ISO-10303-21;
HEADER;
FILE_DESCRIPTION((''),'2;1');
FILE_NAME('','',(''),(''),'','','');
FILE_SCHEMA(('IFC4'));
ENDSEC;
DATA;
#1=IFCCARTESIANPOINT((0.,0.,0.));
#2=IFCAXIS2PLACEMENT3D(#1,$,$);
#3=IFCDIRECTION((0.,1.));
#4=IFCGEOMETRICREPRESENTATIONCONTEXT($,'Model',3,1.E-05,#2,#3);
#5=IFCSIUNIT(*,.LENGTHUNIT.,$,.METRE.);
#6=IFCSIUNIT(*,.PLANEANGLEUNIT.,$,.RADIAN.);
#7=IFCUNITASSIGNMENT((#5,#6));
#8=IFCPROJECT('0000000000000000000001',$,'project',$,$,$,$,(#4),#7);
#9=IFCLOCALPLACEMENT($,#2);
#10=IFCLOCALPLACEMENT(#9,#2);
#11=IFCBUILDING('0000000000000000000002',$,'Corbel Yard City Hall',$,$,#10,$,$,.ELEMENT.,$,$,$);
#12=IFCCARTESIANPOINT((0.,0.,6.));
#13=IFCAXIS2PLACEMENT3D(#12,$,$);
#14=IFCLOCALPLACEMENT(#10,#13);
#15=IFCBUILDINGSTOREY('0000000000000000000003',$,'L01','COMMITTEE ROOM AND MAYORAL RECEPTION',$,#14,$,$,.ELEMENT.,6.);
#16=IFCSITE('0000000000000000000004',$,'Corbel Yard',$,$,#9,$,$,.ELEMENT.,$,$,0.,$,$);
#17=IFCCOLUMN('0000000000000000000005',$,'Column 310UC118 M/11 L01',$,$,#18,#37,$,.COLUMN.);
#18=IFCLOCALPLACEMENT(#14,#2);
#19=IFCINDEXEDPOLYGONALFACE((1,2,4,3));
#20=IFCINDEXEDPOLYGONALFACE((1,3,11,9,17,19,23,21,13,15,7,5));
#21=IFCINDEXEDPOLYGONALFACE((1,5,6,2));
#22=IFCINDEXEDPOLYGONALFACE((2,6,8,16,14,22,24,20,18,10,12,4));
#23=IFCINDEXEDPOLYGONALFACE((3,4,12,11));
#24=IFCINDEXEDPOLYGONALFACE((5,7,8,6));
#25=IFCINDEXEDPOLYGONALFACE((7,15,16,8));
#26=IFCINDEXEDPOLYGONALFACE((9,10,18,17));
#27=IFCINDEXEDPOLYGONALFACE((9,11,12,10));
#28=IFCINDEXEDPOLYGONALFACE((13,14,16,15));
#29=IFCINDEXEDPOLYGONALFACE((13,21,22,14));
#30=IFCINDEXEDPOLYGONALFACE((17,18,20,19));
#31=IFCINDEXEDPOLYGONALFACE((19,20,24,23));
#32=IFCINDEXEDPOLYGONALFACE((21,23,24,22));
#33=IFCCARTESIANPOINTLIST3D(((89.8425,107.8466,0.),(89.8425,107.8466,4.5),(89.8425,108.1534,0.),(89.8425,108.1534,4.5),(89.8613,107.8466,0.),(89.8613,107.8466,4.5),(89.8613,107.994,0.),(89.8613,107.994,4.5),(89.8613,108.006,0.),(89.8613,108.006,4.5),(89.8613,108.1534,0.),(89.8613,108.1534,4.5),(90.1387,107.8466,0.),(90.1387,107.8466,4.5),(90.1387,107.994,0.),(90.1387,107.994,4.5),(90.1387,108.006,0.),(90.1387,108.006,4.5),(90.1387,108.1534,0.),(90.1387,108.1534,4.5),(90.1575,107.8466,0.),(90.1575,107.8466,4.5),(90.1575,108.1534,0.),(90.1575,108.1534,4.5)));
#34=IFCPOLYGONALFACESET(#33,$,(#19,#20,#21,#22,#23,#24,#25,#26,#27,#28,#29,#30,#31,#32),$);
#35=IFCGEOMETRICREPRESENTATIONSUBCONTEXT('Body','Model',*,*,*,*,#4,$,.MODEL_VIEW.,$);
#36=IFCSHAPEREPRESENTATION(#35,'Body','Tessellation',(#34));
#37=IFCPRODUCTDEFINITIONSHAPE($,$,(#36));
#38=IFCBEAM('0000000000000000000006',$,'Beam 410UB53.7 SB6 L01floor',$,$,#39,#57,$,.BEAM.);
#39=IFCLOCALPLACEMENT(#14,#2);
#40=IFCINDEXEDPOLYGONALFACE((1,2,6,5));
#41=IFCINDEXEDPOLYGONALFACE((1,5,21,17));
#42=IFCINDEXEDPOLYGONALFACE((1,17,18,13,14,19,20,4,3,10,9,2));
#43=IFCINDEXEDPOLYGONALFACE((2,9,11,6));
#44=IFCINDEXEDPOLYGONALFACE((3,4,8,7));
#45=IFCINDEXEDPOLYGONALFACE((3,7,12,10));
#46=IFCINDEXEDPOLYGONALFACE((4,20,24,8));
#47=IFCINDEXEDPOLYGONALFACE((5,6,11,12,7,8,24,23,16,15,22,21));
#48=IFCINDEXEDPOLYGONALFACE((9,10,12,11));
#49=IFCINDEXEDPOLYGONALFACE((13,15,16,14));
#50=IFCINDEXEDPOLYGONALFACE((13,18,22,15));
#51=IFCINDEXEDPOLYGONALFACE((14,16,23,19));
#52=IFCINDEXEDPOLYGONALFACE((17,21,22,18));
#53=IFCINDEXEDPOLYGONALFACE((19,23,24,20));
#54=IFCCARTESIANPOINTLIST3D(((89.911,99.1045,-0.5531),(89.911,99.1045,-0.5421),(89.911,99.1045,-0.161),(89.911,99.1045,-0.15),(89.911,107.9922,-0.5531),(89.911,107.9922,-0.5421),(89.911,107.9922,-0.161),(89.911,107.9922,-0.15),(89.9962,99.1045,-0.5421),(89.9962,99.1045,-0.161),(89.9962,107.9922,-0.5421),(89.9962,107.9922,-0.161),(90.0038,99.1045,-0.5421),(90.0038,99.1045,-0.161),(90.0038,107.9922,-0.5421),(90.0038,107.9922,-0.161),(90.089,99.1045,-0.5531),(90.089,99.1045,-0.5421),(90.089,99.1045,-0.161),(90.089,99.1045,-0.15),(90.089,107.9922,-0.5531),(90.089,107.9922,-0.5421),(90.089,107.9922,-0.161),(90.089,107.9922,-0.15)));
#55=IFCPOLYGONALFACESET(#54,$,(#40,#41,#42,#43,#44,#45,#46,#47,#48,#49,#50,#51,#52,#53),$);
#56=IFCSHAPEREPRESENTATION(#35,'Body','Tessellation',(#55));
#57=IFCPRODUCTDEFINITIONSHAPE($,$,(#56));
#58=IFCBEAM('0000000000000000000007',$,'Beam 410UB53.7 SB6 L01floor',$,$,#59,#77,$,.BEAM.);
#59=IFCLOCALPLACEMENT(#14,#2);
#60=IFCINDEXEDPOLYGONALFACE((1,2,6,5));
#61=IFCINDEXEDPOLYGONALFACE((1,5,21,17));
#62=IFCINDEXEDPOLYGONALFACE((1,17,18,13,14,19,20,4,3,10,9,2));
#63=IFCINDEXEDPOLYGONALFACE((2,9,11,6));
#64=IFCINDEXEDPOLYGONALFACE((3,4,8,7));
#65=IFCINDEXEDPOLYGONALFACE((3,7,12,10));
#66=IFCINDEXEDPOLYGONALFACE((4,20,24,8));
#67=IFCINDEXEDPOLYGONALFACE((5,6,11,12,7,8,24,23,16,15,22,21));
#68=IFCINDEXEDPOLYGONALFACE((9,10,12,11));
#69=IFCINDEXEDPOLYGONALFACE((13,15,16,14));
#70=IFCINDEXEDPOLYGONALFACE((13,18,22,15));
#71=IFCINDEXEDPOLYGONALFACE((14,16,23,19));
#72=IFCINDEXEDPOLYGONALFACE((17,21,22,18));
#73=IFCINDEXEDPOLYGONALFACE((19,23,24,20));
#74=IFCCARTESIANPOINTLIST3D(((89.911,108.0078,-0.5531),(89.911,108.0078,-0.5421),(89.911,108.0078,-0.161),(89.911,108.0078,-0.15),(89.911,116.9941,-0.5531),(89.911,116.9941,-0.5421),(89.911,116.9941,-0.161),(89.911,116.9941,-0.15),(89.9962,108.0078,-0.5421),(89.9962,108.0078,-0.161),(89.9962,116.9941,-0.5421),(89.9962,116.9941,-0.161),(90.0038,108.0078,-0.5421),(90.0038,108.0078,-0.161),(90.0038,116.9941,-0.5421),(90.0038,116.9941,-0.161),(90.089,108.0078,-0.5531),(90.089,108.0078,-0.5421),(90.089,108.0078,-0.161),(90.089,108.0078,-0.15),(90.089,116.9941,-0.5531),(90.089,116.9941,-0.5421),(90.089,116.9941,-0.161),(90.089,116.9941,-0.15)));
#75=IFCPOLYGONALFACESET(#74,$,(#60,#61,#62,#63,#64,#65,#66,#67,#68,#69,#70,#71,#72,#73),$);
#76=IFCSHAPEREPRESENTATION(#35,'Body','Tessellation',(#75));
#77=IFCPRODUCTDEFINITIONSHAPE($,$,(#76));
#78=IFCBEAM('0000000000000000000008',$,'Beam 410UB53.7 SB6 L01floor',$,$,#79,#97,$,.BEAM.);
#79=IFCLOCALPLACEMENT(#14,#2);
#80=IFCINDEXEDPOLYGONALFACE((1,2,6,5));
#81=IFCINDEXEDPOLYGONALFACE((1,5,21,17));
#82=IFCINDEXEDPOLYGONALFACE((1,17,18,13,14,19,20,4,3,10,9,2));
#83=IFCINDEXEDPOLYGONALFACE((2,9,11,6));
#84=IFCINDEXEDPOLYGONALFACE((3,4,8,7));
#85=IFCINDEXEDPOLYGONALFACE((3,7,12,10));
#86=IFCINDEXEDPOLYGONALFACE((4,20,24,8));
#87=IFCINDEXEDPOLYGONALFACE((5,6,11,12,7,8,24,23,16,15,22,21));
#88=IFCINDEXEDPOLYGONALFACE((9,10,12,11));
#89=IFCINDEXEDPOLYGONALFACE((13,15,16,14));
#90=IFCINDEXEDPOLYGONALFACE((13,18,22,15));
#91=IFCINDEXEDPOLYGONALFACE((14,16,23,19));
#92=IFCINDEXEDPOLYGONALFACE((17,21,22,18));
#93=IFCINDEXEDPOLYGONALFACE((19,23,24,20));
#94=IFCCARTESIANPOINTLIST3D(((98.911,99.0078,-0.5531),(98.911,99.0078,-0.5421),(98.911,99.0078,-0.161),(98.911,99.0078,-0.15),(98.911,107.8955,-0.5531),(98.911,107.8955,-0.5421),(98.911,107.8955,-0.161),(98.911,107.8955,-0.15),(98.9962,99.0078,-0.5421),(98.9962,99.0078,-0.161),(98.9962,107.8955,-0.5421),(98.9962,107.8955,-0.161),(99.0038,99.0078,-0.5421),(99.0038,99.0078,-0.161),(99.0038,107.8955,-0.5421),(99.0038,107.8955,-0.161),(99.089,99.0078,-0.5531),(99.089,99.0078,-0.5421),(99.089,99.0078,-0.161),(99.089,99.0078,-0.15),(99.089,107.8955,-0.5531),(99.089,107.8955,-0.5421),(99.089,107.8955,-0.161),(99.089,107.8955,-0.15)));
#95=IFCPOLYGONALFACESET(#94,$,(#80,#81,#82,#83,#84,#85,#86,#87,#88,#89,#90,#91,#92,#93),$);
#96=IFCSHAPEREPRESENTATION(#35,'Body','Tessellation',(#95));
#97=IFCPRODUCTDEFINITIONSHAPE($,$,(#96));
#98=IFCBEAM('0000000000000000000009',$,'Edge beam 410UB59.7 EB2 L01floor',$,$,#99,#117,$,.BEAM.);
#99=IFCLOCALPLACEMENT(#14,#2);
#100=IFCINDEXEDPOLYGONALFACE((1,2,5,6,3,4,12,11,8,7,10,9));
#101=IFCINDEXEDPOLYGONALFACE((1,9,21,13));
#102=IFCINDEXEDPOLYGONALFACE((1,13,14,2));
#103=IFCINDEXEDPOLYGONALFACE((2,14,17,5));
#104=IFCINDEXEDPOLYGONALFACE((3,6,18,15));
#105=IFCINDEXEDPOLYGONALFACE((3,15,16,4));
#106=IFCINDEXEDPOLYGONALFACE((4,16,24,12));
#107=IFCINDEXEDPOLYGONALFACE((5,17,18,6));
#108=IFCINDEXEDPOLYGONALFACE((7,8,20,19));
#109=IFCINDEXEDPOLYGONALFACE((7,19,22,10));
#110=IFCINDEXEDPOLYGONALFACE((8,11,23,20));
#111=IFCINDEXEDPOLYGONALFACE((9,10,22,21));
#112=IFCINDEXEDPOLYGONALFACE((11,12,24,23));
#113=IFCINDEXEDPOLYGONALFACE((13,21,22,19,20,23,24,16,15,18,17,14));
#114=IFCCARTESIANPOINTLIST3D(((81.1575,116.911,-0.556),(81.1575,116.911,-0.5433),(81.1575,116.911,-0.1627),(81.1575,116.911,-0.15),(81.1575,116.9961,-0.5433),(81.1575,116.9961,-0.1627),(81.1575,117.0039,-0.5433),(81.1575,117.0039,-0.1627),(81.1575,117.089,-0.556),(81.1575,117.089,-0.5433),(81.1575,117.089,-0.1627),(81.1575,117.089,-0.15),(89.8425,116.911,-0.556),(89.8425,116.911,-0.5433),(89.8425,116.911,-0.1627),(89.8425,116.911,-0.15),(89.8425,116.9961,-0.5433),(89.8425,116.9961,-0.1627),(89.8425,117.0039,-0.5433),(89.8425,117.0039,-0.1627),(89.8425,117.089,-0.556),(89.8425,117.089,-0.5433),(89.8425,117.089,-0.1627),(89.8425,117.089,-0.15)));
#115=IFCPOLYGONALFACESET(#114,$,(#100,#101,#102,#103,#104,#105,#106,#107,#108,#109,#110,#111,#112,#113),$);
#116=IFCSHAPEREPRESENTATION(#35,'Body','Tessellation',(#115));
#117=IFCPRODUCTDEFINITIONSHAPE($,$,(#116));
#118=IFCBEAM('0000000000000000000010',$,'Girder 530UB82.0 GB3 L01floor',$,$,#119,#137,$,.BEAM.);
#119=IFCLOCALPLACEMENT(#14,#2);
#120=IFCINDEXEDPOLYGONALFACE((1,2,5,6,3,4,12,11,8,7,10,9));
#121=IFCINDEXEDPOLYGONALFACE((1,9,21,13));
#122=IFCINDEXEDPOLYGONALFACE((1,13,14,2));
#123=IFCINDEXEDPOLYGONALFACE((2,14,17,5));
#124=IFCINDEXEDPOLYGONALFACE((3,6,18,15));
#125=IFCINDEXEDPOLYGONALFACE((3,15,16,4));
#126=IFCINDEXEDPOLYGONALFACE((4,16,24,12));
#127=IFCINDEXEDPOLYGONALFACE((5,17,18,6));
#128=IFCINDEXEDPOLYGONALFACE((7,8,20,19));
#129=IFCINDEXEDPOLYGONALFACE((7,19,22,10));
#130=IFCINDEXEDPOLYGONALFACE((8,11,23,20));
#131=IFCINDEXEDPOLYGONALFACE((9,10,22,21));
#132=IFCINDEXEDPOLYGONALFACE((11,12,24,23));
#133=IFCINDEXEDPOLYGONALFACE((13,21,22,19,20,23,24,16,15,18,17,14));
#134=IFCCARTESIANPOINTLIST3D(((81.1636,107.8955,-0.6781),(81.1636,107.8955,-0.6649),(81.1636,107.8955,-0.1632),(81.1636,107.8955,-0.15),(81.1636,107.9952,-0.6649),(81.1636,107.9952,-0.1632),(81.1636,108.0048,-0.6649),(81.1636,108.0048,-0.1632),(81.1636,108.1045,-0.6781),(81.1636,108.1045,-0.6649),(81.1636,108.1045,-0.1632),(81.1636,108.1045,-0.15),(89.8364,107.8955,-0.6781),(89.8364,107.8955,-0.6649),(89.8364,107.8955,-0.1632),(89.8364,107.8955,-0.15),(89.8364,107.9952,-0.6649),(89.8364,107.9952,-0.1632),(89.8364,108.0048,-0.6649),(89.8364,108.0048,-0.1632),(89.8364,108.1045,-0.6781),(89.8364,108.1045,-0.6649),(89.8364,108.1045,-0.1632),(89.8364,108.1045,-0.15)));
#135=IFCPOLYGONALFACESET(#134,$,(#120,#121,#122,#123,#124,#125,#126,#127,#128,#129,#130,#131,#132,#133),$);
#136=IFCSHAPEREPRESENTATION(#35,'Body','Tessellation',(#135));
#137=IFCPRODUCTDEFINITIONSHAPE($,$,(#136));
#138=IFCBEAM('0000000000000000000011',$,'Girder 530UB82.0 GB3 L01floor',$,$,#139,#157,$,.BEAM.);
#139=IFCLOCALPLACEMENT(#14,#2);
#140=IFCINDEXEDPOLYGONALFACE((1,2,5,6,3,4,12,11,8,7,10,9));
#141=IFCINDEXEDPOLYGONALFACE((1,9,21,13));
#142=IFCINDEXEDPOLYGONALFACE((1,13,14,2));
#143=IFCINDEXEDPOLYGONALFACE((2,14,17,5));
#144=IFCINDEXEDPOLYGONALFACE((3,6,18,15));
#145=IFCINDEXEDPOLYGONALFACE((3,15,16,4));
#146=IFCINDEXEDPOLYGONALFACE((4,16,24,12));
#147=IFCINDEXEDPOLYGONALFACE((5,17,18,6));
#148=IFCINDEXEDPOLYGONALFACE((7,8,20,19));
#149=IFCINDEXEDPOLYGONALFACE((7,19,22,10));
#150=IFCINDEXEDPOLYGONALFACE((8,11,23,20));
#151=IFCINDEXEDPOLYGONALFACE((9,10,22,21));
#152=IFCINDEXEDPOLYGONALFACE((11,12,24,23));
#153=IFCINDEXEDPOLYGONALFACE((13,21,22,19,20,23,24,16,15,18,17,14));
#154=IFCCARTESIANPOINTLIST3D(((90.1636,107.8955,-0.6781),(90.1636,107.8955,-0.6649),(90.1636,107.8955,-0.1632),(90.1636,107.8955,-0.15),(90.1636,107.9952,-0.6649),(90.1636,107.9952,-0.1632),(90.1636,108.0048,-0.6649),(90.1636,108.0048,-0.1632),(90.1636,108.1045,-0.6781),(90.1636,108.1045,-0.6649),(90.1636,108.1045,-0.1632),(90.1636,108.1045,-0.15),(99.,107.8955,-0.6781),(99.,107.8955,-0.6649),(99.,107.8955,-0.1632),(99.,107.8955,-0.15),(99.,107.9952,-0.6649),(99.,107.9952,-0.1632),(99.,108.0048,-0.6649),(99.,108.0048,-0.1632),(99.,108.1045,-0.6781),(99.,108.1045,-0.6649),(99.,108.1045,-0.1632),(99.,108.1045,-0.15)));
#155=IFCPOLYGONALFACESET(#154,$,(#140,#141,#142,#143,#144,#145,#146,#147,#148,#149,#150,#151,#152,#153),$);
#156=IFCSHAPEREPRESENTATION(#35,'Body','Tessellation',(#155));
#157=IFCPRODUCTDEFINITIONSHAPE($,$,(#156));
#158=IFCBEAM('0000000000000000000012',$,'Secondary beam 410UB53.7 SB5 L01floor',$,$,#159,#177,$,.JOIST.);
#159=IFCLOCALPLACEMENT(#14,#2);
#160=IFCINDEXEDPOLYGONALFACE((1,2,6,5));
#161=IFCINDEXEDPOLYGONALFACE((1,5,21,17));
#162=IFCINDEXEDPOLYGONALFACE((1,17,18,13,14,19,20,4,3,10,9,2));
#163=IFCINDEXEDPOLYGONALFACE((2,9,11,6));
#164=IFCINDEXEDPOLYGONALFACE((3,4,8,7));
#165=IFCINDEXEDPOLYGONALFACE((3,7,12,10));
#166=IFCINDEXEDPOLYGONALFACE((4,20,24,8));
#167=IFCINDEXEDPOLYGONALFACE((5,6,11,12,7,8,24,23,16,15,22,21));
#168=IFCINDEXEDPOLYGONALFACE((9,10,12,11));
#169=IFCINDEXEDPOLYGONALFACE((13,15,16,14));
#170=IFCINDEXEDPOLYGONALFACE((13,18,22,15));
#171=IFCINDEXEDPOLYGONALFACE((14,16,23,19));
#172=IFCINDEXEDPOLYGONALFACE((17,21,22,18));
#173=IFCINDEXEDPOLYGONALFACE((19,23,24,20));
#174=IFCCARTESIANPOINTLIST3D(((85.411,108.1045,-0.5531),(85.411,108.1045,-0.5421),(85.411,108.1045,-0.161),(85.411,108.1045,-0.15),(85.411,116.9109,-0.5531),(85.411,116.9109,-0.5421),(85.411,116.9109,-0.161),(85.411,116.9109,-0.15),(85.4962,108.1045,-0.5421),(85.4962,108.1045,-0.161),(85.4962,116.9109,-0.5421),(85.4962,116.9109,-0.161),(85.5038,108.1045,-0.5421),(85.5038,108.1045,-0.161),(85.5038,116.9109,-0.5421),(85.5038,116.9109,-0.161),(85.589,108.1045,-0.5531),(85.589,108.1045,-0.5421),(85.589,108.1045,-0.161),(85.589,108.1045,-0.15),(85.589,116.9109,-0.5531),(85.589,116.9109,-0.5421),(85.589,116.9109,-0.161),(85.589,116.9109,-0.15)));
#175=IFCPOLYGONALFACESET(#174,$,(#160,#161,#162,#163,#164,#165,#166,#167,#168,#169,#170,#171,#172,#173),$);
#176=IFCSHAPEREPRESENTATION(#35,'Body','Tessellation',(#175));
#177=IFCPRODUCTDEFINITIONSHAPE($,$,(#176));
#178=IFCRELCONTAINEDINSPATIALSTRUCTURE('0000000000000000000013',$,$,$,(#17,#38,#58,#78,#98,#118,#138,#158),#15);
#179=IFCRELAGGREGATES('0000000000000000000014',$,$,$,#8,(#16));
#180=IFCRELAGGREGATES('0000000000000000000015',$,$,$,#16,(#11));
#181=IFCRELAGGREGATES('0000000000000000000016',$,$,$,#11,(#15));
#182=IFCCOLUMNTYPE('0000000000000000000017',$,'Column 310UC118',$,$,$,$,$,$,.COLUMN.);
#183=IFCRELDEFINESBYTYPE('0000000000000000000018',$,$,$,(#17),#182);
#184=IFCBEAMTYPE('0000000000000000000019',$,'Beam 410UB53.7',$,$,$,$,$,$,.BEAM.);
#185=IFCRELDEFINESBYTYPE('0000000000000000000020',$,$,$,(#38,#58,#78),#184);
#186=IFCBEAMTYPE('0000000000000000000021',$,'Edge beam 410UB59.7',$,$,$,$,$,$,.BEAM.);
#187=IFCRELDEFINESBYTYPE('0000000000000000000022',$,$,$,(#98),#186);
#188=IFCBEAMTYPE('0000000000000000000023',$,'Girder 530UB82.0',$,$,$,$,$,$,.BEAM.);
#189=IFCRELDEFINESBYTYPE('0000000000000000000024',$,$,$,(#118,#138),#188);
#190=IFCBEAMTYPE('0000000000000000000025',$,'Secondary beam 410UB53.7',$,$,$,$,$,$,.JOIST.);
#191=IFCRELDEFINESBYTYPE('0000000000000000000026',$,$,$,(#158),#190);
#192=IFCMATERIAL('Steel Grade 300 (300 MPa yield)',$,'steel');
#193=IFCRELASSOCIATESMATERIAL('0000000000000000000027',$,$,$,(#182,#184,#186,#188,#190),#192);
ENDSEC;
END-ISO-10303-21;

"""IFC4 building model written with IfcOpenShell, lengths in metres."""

from ifc_helpers import new_model, si_unit, direction, frame, origin, origin_2d, place, context, subcontext, project, spatial, i_section, extrude, material, material_profile, profile_set, type_object, element, save


model = new_model("IFC4")

# Units and contexts
model_context = context("Model", 3, precision=1e-05, world=origin(), true_north=direction((0.0, 1.0)))
body_context = subcontext(model_context, "Body", "Model", "MODEL_VIEW")
ifc_project = project(units=[si_unit("LENGTHUNIT", "METRE"), si_unit("PLANEANGLEUNIT", "RADIAN")], contexts=[model_context])

# Site, building, storey
site_placement = place(None, origin())
site = spatial("IfcSite", under=ifc_project, at=site_placement, Name="Corbel Yard", CompositionType="ELEMENT", RefElevation=0.0)
building_placement = place(site_placement, origin())
building = spatial("IfcBuilding", under=site, at=building_placement, Name="Corbel Yard City Hall", CompositionType="ELEMENT")
storey_placement = place(building_placement, frame((0.0, 0.0, 6.0)))
storey = spatial("IfcBuildingStorey", under=building, at=storey_placement, Name="L01", Description="COMMITTEE ROOM AND MAYORAL RECEPTION", CompositionType="ELEMENT", Elevation=6.0)

# Column
ifc_material_1 = material(Name="Steel Grade 300 (300 MPa yield)", Category="steel")
ifc_material_profile_1 = material_profile(ifc_material_1, i_section(OverallWidth=0.3069, OverallDepth=0.3149, WebThickness=0.012, FlangeThickness=0.0188, at=origin_2d()), Name="310UC118")
ifc_profile_set_1 = profile_set([ifc_material_profile_1], Name="Steel Grade 300 (300 MPa yield)")
column_type = type_object("IfcColumnType", Name="Column 310UC118", PredefinedType="COLUMN", material=ifc_profile_set_1)
column_placement = place(storey_placement, frame((90.0, 108.0, 0.0), z_axis=(0.0, 0.0, 1.0), x_axis=(0.0, 1.0, 0.0)))
element("IfcColumn", 1, at=column_placement, inside=storey, type_object=column_type, Name="Column 310UC118 M/11 L01", PredefinedType="COLUMN", context=body_context, shape_type="SweptSolid", body=[
    extrude(i_section(OverallWidth=0.3069, OverallDepth=0.3149, WebThickness=0.012, FlangeThickness=0.0188, at=origin_2d()), origin(), (0.0, 0.0, 1.0), 4.5),
])

# Beams
ifc_material_profile_2 = material_profile(ifc_material_1, i_section(OverallWidth=0.178, OverallDepth=0.4031, WebThickness=0.0076, FlangeThickness=0.011, at=origin_2d()), Name="410UB53.7")
ifc_profile_set_2 = profile_set([ifc_material_profile_2], Name="Steel Grade 300 (300 MPa yield)")
beam_type_1 = type_object("IfcBeamType", Name="Beam 410UB53.7", PredefinedType="BEAM", material=ifc_profile_set_2)
beam_1_placement = place(storey_placement, frame((90.0, 99.1045, -0.3516), z_axis=(0.0, 1.0, 0.0), x_axis=(-1.0, 0.0, 0.0)))
element("IfcBeam", 2, at=beam_1_placement, inside=storey, type_object=beam_type_1, Name="Beam 410UB53.7 SB6 L01floor", PredefinedType="BEAM", context=body_context, shape_type="SweptSolid", body=[
    extrude(i_section(OverallWidth=0.178, OverallDepth=0.4031, WebThickness=0.0076, FlangeThickness=0.011, at=origin_2d()), origin(), (0.0, 0.0, 1.0), 8.8877),
])
beam_2_placement = place(storey_placement, frame((90.0, 108.0078, -0.3516), z_axis=(0.0, 1.0, 0.0), x_axis=(-1.0, 0.0, 0.0)))
element("IfcBeam", 3, at=beam_2_placement, inside=storey, type_object=beam_type_1, Name="Beam 410UB53.7 SB6 L01floor", PredefinedType="BEAM", context=body_context, shape_type="SweptSolid", body=[
    extrude(i_section(OverallWidth=0.178, OverallDepth=0.4031, WebThickness=0.0076, FlangeThickness=0.011, at=origin_2d()), origin(), (0.0, 0.0, 1.0), 8.9863),
])
beam_3_placement = place(storey_placement, frame((99.0, 99.0078, -0.3516), z_axis=(0.0, 1.0, 0.0), x_axis=(-1.0, 0.0, 0.0)))
element("IfcBeam", 4, at=beam_3_placement, inside=storey, type_object=beam_type_1, Name="Beam 410UB53.7 SB6 L01floor", PredefinedType="BEAM", context=body_context, shape_type="SweptSolid", body=[
    extrude(i_section(OverallWidth=0.178, OverallDepth=0.4031, WebThickness=0.0076, FlangeThickness=0.011, at=origin_2d()), origin(), (0.0, 0.0, 1.0), 8.8877),
])
ifc_material_profile_3 = material_profile(ifc_material_1, i_section(OverallWidth=0.178, OverallDepth=0.406, WebThickness=0.0078, FlangeThickness=0.0127, at=origin_2d()), Name="410UB59.7")
ifc_profile_set_3 = profile_set([ifc_material_profile_3], Name="Steel Grade 300 (300 MPa yield)")
beam_type_2 = type_object("IfcBeamType", Name="Edge beam 410UB59.7", PredefinedType="BEAM", material=ifc_profile_set_3)
beam_4_placement = place(storey_placement, frame((81.1575, 117.0, -0.353), z_axis=(1.0, 0.0, 0.0), x_axis=(0.0, 1.0, 0.0)))
element("IfcBeam", 5, at=beam_4_placement, inside=storey, type_object=beam_type_2, Name="Edge beam 410UB59.7 EB2 L01floor", PredefinedType="BEAM", context=body_context, shape_type="SweptSolid", body=[
    extrude(i_section(OverallWidth=0.178, OverallDepth=0.406, WebThickness=0.0078, FlangeThickness=0.0127, at=origin_2d()), origin(), (0.0, 0.0, 1.0), 8.6851),
])
ifc_material_profile_4 = material_profile(ifc_material_1, i_section(OverallWidth=0.209, OverallDepth=0.5281, WebThickness=0.0095, FlangeThickness=0.0132, at=origin_2d()), Name="530UB82.0")
ifc_profile_set_4 = profile_set([ifc_material_profile_4], Name="Steel Grade 300 (300 MPa yield)")
beam_type_3 = type_object("IfcBeamType", Name="Girder 530UB82.0", PredefinedType="BEAM", material=ifc_profile_set_4)
beam_5_placement = place(storey_placement, frame((81.1636, 108.0, -0.4141), z_axis=(1.0, 0.0, 0.0), x_axis=(0.0, 1.0, 0.0)))
element("IfcBeam", 6, at=beam_5_placement, inside=storey, type_object=beam_type_3, Name="Girder 530UB82.0 GB3 L01floor", PredefinedType="BEAM", context=body_context, shape_type="SweptSolid", body=[
    extrude(i_section(OverallWidth=0.209, OverallDepth=0.5281, WebThickness=0.0095, FlangeThickness=0.0132, at=origin_2d()), origin(), (0.0, 0.0, 1.0), 8.6729),
])
beam_6_placement = place(storey_placement, frame((90.1636, 108.0, -0.4141), z_axis=(1.0, 0.0, 0.0), x_axis=(0.0, 1.0, 0.0)))
element("IfcBeam", 7, at=beam_6_placement, inside=storey, type_object=beam_type_3, Name="Girder 530UB82.0 GB3 L01floor", PredefinedType="BEAM", context=body_context, shape_type="SweptSolid", body=[
    extrude(i_section(OverallWidth=0.209, OverallDepth=0.5281, WebThickness=0.0095, FlangeThickness=0.0132, at=origin_2d()), origin(), (0.0, 0.0, 1.0), 8.8364),
])
ifc_material_profile_5 = material_profile(ifc_material_1, i_section(OverallWidth=0.178, OverallDepth=0.4031, WebThickness=0.0076, FlangeThickness=0.011, at=origin_2d()), Name="410UB53.7")
ifc_profile_set_5 = profile_set([ifc_material_profile_5], Name="Steel Grade 300 (300 MPa yield)")
beam_type_4 = type_object("IfcBeamType", Name="Secondary beam 410UB53.7", PredefinedType="JOIST", material=ifc_profile_set_5)
beam_7_placement = place(storey_placement, frame((85.5, 108.1045, -0.3516), z_axis=(0.0, 1.0, 0.0), x_axis=(-1.0, 0.0, 0.0)))
element("IfcBeam", 8, at=beam_7_placement, inside=storey, type_object=beam_type_4, Name="Secondary beam 410UB53.7 SB5 L01floor", PredefinedType="JOIST", context=body_context, shape_type="SweptSolid", body=[
    extrude(i_section(OverallWidth=0.178, OverallDepth=0.4031, WebThickness=0.0076, FlangeThickness=0.011, at=origin_2d()), origin(), (0.0, 0.0, 1.0), 8.8064),
])

save(model, "model.ifc")
